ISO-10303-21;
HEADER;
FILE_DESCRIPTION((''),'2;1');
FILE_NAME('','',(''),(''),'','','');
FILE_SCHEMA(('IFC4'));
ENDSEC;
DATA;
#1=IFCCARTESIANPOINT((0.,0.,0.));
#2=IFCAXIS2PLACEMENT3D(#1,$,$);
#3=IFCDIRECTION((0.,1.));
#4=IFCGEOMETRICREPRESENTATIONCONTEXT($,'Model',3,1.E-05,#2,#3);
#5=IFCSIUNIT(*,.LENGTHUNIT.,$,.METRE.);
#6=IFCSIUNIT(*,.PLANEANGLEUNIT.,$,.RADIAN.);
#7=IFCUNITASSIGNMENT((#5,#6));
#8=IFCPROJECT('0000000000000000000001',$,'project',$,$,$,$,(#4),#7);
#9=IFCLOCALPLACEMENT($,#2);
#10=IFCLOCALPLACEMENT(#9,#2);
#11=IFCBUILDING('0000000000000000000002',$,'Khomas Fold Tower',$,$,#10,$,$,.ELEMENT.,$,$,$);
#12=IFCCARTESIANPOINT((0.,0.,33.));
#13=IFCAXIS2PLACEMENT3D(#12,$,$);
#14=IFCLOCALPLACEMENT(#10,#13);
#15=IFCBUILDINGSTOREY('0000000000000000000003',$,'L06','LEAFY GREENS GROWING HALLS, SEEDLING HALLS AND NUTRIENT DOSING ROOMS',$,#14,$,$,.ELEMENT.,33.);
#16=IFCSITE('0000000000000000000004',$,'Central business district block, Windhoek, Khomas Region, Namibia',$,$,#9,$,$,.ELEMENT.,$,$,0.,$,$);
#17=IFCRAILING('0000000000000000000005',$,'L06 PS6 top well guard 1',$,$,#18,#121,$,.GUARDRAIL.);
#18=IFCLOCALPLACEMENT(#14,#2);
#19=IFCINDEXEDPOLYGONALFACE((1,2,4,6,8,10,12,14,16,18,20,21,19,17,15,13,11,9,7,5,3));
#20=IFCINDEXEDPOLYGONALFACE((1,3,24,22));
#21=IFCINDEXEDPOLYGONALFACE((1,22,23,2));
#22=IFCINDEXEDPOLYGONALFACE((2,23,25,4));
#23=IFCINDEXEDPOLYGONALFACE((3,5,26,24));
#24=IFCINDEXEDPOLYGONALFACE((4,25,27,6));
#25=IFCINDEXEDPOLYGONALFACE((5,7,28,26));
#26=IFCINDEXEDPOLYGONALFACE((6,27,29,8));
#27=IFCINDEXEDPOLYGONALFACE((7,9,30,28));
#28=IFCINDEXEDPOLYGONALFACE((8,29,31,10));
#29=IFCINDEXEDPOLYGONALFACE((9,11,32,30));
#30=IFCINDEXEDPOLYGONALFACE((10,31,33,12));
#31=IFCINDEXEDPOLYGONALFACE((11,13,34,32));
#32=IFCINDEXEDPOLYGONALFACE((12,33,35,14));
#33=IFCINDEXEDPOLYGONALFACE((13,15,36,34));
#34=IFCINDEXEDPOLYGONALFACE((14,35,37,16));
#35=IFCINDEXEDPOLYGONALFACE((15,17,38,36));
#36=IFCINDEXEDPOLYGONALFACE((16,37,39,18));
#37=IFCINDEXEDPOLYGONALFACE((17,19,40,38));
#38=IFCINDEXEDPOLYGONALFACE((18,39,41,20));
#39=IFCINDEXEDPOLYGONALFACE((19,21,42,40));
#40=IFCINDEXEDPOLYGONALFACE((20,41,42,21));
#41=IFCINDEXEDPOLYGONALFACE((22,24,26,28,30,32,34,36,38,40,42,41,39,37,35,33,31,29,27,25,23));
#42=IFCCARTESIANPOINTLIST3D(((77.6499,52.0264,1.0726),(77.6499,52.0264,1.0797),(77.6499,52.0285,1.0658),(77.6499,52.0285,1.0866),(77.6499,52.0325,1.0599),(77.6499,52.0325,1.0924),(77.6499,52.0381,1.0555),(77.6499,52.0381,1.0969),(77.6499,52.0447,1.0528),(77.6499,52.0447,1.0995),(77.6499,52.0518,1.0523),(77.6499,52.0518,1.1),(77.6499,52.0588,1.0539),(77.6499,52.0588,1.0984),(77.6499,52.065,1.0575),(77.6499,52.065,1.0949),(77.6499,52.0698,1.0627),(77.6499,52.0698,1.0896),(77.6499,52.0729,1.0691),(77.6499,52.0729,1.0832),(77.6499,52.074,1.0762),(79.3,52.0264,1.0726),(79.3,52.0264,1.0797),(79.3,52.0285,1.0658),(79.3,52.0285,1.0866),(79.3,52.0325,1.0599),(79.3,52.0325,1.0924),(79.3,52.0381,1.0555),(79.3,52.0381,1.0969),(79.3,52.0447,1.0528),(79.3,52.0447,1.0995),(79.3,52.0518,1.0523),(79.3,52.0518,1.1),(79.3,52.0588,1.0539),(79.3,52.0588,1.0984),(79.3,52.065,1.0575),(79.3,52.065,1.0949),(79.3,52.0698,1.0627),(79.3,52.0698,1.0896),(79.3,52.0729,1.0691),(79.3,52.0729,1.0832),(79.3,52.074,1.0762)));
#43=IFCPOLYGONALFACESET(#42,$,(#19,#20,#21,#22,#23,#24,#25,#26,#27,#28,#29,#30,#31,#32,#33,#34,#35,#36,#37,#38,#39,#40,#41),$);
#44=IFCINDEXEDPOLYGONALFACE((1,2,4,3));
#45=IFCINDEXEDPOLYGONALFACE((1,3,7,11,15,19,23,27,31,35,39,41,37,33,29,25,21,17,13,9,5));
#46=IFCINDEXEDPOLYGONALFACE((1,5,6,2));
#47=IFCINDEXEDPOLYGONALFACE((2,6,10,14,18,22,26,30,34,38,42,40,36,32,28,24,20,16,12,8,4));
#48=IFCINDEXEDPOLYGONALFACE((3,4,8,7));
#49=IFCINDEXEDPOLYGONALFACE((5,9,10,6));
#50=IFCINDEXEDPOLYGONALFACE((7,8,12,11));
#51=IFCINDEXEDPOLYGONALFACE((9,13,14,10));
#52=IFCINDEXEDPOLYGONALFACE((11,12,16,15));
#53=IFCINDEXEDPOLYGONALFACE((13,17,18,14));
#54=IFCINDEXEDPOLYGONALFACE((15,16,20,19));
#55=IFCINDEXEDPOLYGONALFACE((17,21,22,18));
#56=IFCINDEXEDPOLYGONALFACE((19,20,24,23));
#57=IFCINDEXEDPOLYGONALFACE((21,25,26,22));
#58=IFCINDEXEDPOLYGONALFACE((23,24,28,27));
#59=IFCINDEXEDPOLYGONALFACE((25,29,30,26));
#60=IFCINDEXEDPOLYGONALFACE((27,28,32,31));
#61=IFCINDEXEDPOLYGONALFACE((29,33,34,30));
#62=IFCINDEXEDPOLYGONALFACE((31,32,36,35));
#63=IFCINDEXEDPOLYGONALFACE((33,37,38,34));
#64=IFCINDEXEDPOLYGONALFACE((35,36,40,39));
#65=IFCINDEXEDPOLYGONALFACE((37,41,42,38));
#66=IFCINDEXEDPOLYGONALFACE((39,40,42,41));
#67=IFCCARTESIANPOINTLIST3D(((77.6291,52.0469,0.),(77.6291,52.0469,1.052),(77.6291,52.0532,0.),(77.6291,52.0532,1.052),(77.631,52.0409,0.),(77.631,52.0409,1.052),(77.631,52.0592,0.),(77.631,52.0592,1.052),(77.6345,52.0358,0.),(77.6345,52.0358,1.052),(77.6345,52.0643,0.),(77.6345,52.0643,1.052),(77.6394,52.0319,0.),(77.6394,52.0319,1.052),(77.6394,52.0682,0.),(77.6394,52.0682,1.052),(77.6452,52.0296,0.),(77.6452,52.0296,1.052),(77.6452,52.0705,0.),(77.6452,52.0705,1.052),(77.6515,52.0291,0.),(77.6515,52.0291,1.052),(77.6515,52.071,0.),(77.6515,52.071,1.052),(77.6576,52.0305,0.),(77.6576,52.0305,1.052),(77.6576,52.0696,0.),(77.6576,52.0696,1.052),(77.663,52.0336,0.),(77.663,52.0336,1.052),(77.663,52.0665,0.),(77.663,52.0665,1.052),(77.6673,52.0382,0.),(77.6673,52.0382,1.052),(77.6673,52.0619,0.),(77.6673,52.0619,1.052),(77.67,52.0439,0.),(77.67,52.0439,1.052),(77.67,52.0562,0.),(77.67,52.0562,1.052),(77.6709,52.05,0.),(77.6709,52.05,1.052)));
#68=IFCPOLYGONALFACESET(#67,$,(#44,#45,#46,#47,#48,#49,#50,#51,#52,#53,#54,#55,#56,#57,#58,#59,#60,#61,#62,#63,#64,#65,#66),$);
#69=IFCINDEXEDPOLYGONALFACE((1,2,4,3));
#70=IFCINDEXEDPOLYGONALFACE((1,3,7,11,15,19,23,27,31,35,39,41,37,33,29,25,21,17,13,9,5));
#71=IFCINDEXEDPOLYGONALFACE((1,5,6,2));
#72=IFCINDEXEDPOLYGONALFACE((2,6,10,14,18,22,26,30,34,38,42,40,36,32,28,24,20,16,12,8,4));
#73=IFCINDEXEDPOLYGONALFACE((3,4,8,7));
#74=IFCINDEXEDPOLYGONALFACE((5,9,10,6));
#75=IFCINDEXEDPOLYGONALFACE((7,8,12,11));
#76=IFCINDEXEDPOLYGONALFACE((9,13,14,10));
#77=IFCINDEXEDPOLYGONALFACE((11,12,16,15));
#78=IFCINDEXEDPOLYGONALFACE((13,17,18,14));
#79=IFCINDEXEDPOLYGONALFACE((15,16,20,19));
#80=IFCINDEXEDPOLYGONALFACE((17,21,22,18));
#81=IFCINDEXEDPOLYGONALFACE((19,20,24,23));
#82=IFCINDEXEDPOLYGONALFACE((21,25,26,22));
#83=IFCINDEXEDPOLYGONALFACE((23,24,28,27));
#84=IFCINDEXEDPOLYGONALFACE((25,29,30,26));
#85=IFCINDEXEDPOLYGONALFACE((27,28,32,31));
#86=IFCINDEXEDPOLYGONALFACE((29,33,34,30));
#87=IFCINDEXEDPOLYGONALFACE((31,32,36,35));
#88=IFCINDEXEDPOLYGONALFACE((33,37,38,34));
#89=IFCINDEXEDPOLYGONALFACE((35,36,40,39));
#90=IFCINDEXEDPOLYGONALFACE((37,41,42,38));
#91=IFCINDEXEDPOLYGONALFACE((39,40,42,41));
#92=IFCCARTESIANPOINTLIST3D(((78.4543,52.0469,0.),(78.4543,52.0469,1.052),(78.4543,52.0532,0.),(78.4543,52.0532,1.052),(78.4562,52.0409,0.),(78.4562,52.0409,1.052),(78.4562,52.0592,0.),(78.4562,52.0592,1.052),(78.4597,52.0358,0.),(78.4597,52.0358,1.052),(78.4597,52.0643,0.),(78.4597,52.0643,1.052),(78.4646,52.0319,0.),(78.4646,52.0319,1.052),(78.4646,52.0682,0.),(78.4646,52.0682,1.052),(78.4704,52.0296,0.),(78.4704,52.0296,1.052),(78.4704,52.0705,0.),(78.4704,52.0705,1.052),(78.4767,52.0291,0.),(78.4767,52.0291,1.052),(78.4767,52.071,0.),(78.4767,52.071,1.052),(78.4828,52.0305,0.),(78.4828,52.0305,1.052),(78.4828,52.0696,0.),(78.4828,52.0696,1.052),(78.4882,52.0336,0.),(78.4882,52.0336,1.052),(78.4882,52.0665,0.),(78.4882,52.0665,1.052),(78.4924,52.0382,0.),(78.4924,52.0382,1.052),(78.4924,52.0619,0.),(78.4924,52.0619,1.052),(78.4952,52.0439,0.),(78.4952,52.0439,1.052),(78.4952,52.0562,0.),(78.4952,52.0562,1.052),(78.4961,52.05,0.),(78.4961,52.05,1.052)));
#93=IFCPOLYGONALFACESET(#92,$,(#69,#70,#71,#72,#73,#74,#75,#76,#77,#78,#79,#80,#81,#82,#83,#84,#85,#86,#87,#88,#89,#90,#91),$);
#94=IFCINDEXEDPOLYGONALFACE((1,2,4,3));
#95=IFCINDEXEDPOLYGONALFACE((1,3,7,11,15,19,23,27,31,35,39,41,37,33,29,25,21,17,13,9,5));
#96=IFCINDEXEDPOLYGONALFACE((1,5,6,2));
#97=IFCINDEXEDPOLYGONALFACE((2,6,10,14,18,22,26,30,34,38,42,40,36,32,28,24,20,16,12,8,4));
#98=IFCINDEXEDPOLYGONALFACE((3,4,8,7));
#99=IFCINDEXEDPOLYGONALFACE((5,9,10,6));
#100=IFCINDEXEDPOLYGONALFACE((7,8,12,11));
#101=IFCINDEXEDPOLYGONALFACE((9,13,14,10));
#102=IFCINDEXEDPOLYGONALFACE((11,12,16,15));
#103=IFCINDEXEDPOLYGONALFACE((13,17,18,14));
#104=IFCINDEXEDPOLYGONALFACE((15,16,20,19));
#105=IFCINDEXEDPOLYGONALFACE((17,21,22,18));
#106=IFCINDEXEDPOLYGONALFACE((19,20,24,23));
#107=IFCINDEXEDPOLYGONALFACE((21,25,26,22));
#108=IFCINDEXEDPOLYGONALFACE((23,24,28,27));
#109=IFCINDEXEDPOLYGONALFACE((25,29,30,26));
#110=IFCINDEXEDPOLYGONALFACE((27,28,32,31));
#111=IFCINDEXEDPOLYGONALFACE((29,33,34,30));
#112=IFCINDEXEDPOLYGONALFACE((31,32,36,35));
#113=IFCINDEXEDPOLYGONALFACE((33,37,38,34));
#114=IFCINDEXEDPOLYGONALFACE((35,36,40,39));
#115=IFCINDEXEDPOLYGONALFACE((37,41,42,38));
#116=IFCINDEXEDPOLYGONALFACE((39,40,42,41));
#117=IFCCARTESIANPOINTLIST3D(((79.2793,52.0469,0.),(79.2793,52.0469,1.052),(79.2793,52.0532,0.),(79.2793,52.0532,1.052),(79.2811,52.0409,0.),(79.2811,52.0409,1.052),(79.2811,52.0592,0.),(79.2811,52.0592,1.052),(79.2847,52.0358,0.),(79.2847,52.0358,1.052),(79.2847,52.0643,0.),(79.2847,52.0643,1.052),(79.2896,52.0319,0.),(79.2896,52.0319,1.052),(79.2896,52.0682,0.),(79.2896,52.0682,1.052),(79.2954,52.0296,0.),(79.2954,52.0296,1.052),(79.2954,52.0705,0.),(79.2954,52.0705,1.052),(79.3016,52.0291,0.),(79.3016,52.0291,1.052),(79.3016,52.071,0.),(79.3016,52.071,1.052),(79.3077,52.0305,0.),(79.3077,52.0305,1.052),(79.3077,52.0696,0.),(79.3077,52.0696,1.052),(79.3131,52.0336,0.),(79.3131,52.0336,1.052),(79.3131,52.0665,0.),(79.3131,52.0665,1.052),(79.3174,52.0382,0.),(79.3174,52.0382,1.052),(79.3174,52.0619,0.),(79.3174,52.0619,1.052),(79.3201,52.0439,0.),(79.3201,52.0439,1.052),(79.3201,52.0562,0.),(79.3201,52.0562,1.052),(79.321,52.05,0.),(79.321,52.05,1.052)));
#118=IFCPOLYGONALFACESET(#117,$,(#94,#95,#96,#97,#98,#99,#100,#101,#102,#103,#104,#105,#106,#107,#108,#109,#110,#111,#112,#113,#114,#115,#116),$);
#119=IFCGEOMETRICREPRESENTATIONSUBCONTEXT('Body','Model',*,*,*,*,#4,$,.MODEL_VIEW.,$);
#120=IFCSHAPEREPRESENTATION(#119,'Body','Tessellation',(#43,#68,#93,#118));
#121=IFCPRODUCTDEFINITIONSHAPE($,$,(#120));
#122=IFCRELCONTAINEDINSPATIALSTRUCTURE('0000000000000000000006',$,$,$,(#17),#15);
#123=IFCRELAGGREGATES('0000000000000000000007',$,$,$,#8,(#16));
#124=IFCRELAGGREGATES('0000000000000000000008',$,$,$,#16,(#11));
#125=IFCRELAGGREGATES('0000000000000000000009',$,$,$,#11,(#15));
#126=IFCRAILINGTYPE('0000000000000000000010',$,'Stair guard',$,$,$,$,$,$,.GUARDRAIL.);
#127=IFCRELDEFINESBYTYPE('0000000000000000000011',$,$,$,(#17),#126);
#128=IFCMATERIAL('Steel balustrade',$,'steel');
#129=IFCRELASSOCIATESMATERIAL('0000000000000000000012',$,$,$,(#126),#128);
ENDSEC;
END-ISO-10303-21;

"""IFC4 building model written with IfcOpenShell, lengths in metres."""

from ifc_helpers import new_model, si_unit, direction, frame, origin, origin_2d, place, context, subcontext, project, spatial, circle, extrude, source, transform, mapped, material, type_object, element, save


model = new_model("IFC4")

# Units and contexts
model_context = context("Model", 3, precision=1e-05, world=origin(), true_north=direction((0.0, 1.0)))
body_context = subcontext(model_context, "Body", "Model", "MODEL_VIEW")
ifc_project = project(units=[si_unit("LENGTHUNIT", "METRE"), si_unit("PLANEANGLEUNIT", "RADIAN")], contexts=[model_context])

# Site, building, storey
site_placement = place(None, origin())
site = spatial("IfcSite", under=ifc_project, at=site_placement, Name="Central business district block, Windhoek, Khomas Region, Namibia", CompositionType="ELEMENT", RefElevation=0.0)
building_placement = place(site_placement, origin())
building = spatial("IfcBuilding", under=site, at=building_placement, Name="Khomas Fold Tower", CompositionType="ELEMENT")
storey_placement = place(building_placement, frame((0.0, 0.0, 33.0)))
storey = spatial("IfcBuildingStorey", under=building, at=storey_placement, Name="L06", Description="LEAFY GREENS GROWING HALLS, SEEDLING HALLS AND NUTRIENT DOSING ROOMS", CompositionType="ELEMENT", Elevation=33.0)

# Railing
ifc_material_1 = material(Name="Steel balustrade", Category="steel")
railing_type_1 = type_object("IfcRailingType", Name="Stair guard", PredefinedType="GUARDRAIL", material=ifc_material_1)
shared_shape_1 = source(origin(), body_context, "Body", "SweptSolid", [
    extrude(circle(Radius=0.0239, at=origin_2d()), frame((0.0, 0.0, 1.0762), z_axis=(1.0, 0.0, 0.0), x_axis=(0.0, 1.0, 0.0)), (0.0, 0.0, 1.0), 1.6501),
    extrude(circle(Radius=0.021, at=origin_2d()), origin(), (0.0, 0.0, 1.0), 1.052),
    extrude(circle(Radius=0.021, at=origin_2d()), frame((0.8252, 0.0, 0.0)), (0.0, 0.0, 1.0), 1.052),
    extrude(circle(Radius=0.021, at=origin_2d()), frame((1.6501, 0.0, 0.0)), (0.0, 0.0, 1.0), 1.052),
])
railing_1_placement = place(storey_placement, frame((77.6499, 52.05, 0.0)))
element("IfcRailing", 1, at=railing_1_placement, inside=storey, type_object=railing_type_1, Name="L06 PS6 top well guard 1", PredefinedType="GUARDRAIL", context=body_context, shape_type="MappedRepresentation", body=[
    mapped(shared_shape_1, transform((0.0, 0.0, 0.0))),
])

save(model, "model.ifc")
